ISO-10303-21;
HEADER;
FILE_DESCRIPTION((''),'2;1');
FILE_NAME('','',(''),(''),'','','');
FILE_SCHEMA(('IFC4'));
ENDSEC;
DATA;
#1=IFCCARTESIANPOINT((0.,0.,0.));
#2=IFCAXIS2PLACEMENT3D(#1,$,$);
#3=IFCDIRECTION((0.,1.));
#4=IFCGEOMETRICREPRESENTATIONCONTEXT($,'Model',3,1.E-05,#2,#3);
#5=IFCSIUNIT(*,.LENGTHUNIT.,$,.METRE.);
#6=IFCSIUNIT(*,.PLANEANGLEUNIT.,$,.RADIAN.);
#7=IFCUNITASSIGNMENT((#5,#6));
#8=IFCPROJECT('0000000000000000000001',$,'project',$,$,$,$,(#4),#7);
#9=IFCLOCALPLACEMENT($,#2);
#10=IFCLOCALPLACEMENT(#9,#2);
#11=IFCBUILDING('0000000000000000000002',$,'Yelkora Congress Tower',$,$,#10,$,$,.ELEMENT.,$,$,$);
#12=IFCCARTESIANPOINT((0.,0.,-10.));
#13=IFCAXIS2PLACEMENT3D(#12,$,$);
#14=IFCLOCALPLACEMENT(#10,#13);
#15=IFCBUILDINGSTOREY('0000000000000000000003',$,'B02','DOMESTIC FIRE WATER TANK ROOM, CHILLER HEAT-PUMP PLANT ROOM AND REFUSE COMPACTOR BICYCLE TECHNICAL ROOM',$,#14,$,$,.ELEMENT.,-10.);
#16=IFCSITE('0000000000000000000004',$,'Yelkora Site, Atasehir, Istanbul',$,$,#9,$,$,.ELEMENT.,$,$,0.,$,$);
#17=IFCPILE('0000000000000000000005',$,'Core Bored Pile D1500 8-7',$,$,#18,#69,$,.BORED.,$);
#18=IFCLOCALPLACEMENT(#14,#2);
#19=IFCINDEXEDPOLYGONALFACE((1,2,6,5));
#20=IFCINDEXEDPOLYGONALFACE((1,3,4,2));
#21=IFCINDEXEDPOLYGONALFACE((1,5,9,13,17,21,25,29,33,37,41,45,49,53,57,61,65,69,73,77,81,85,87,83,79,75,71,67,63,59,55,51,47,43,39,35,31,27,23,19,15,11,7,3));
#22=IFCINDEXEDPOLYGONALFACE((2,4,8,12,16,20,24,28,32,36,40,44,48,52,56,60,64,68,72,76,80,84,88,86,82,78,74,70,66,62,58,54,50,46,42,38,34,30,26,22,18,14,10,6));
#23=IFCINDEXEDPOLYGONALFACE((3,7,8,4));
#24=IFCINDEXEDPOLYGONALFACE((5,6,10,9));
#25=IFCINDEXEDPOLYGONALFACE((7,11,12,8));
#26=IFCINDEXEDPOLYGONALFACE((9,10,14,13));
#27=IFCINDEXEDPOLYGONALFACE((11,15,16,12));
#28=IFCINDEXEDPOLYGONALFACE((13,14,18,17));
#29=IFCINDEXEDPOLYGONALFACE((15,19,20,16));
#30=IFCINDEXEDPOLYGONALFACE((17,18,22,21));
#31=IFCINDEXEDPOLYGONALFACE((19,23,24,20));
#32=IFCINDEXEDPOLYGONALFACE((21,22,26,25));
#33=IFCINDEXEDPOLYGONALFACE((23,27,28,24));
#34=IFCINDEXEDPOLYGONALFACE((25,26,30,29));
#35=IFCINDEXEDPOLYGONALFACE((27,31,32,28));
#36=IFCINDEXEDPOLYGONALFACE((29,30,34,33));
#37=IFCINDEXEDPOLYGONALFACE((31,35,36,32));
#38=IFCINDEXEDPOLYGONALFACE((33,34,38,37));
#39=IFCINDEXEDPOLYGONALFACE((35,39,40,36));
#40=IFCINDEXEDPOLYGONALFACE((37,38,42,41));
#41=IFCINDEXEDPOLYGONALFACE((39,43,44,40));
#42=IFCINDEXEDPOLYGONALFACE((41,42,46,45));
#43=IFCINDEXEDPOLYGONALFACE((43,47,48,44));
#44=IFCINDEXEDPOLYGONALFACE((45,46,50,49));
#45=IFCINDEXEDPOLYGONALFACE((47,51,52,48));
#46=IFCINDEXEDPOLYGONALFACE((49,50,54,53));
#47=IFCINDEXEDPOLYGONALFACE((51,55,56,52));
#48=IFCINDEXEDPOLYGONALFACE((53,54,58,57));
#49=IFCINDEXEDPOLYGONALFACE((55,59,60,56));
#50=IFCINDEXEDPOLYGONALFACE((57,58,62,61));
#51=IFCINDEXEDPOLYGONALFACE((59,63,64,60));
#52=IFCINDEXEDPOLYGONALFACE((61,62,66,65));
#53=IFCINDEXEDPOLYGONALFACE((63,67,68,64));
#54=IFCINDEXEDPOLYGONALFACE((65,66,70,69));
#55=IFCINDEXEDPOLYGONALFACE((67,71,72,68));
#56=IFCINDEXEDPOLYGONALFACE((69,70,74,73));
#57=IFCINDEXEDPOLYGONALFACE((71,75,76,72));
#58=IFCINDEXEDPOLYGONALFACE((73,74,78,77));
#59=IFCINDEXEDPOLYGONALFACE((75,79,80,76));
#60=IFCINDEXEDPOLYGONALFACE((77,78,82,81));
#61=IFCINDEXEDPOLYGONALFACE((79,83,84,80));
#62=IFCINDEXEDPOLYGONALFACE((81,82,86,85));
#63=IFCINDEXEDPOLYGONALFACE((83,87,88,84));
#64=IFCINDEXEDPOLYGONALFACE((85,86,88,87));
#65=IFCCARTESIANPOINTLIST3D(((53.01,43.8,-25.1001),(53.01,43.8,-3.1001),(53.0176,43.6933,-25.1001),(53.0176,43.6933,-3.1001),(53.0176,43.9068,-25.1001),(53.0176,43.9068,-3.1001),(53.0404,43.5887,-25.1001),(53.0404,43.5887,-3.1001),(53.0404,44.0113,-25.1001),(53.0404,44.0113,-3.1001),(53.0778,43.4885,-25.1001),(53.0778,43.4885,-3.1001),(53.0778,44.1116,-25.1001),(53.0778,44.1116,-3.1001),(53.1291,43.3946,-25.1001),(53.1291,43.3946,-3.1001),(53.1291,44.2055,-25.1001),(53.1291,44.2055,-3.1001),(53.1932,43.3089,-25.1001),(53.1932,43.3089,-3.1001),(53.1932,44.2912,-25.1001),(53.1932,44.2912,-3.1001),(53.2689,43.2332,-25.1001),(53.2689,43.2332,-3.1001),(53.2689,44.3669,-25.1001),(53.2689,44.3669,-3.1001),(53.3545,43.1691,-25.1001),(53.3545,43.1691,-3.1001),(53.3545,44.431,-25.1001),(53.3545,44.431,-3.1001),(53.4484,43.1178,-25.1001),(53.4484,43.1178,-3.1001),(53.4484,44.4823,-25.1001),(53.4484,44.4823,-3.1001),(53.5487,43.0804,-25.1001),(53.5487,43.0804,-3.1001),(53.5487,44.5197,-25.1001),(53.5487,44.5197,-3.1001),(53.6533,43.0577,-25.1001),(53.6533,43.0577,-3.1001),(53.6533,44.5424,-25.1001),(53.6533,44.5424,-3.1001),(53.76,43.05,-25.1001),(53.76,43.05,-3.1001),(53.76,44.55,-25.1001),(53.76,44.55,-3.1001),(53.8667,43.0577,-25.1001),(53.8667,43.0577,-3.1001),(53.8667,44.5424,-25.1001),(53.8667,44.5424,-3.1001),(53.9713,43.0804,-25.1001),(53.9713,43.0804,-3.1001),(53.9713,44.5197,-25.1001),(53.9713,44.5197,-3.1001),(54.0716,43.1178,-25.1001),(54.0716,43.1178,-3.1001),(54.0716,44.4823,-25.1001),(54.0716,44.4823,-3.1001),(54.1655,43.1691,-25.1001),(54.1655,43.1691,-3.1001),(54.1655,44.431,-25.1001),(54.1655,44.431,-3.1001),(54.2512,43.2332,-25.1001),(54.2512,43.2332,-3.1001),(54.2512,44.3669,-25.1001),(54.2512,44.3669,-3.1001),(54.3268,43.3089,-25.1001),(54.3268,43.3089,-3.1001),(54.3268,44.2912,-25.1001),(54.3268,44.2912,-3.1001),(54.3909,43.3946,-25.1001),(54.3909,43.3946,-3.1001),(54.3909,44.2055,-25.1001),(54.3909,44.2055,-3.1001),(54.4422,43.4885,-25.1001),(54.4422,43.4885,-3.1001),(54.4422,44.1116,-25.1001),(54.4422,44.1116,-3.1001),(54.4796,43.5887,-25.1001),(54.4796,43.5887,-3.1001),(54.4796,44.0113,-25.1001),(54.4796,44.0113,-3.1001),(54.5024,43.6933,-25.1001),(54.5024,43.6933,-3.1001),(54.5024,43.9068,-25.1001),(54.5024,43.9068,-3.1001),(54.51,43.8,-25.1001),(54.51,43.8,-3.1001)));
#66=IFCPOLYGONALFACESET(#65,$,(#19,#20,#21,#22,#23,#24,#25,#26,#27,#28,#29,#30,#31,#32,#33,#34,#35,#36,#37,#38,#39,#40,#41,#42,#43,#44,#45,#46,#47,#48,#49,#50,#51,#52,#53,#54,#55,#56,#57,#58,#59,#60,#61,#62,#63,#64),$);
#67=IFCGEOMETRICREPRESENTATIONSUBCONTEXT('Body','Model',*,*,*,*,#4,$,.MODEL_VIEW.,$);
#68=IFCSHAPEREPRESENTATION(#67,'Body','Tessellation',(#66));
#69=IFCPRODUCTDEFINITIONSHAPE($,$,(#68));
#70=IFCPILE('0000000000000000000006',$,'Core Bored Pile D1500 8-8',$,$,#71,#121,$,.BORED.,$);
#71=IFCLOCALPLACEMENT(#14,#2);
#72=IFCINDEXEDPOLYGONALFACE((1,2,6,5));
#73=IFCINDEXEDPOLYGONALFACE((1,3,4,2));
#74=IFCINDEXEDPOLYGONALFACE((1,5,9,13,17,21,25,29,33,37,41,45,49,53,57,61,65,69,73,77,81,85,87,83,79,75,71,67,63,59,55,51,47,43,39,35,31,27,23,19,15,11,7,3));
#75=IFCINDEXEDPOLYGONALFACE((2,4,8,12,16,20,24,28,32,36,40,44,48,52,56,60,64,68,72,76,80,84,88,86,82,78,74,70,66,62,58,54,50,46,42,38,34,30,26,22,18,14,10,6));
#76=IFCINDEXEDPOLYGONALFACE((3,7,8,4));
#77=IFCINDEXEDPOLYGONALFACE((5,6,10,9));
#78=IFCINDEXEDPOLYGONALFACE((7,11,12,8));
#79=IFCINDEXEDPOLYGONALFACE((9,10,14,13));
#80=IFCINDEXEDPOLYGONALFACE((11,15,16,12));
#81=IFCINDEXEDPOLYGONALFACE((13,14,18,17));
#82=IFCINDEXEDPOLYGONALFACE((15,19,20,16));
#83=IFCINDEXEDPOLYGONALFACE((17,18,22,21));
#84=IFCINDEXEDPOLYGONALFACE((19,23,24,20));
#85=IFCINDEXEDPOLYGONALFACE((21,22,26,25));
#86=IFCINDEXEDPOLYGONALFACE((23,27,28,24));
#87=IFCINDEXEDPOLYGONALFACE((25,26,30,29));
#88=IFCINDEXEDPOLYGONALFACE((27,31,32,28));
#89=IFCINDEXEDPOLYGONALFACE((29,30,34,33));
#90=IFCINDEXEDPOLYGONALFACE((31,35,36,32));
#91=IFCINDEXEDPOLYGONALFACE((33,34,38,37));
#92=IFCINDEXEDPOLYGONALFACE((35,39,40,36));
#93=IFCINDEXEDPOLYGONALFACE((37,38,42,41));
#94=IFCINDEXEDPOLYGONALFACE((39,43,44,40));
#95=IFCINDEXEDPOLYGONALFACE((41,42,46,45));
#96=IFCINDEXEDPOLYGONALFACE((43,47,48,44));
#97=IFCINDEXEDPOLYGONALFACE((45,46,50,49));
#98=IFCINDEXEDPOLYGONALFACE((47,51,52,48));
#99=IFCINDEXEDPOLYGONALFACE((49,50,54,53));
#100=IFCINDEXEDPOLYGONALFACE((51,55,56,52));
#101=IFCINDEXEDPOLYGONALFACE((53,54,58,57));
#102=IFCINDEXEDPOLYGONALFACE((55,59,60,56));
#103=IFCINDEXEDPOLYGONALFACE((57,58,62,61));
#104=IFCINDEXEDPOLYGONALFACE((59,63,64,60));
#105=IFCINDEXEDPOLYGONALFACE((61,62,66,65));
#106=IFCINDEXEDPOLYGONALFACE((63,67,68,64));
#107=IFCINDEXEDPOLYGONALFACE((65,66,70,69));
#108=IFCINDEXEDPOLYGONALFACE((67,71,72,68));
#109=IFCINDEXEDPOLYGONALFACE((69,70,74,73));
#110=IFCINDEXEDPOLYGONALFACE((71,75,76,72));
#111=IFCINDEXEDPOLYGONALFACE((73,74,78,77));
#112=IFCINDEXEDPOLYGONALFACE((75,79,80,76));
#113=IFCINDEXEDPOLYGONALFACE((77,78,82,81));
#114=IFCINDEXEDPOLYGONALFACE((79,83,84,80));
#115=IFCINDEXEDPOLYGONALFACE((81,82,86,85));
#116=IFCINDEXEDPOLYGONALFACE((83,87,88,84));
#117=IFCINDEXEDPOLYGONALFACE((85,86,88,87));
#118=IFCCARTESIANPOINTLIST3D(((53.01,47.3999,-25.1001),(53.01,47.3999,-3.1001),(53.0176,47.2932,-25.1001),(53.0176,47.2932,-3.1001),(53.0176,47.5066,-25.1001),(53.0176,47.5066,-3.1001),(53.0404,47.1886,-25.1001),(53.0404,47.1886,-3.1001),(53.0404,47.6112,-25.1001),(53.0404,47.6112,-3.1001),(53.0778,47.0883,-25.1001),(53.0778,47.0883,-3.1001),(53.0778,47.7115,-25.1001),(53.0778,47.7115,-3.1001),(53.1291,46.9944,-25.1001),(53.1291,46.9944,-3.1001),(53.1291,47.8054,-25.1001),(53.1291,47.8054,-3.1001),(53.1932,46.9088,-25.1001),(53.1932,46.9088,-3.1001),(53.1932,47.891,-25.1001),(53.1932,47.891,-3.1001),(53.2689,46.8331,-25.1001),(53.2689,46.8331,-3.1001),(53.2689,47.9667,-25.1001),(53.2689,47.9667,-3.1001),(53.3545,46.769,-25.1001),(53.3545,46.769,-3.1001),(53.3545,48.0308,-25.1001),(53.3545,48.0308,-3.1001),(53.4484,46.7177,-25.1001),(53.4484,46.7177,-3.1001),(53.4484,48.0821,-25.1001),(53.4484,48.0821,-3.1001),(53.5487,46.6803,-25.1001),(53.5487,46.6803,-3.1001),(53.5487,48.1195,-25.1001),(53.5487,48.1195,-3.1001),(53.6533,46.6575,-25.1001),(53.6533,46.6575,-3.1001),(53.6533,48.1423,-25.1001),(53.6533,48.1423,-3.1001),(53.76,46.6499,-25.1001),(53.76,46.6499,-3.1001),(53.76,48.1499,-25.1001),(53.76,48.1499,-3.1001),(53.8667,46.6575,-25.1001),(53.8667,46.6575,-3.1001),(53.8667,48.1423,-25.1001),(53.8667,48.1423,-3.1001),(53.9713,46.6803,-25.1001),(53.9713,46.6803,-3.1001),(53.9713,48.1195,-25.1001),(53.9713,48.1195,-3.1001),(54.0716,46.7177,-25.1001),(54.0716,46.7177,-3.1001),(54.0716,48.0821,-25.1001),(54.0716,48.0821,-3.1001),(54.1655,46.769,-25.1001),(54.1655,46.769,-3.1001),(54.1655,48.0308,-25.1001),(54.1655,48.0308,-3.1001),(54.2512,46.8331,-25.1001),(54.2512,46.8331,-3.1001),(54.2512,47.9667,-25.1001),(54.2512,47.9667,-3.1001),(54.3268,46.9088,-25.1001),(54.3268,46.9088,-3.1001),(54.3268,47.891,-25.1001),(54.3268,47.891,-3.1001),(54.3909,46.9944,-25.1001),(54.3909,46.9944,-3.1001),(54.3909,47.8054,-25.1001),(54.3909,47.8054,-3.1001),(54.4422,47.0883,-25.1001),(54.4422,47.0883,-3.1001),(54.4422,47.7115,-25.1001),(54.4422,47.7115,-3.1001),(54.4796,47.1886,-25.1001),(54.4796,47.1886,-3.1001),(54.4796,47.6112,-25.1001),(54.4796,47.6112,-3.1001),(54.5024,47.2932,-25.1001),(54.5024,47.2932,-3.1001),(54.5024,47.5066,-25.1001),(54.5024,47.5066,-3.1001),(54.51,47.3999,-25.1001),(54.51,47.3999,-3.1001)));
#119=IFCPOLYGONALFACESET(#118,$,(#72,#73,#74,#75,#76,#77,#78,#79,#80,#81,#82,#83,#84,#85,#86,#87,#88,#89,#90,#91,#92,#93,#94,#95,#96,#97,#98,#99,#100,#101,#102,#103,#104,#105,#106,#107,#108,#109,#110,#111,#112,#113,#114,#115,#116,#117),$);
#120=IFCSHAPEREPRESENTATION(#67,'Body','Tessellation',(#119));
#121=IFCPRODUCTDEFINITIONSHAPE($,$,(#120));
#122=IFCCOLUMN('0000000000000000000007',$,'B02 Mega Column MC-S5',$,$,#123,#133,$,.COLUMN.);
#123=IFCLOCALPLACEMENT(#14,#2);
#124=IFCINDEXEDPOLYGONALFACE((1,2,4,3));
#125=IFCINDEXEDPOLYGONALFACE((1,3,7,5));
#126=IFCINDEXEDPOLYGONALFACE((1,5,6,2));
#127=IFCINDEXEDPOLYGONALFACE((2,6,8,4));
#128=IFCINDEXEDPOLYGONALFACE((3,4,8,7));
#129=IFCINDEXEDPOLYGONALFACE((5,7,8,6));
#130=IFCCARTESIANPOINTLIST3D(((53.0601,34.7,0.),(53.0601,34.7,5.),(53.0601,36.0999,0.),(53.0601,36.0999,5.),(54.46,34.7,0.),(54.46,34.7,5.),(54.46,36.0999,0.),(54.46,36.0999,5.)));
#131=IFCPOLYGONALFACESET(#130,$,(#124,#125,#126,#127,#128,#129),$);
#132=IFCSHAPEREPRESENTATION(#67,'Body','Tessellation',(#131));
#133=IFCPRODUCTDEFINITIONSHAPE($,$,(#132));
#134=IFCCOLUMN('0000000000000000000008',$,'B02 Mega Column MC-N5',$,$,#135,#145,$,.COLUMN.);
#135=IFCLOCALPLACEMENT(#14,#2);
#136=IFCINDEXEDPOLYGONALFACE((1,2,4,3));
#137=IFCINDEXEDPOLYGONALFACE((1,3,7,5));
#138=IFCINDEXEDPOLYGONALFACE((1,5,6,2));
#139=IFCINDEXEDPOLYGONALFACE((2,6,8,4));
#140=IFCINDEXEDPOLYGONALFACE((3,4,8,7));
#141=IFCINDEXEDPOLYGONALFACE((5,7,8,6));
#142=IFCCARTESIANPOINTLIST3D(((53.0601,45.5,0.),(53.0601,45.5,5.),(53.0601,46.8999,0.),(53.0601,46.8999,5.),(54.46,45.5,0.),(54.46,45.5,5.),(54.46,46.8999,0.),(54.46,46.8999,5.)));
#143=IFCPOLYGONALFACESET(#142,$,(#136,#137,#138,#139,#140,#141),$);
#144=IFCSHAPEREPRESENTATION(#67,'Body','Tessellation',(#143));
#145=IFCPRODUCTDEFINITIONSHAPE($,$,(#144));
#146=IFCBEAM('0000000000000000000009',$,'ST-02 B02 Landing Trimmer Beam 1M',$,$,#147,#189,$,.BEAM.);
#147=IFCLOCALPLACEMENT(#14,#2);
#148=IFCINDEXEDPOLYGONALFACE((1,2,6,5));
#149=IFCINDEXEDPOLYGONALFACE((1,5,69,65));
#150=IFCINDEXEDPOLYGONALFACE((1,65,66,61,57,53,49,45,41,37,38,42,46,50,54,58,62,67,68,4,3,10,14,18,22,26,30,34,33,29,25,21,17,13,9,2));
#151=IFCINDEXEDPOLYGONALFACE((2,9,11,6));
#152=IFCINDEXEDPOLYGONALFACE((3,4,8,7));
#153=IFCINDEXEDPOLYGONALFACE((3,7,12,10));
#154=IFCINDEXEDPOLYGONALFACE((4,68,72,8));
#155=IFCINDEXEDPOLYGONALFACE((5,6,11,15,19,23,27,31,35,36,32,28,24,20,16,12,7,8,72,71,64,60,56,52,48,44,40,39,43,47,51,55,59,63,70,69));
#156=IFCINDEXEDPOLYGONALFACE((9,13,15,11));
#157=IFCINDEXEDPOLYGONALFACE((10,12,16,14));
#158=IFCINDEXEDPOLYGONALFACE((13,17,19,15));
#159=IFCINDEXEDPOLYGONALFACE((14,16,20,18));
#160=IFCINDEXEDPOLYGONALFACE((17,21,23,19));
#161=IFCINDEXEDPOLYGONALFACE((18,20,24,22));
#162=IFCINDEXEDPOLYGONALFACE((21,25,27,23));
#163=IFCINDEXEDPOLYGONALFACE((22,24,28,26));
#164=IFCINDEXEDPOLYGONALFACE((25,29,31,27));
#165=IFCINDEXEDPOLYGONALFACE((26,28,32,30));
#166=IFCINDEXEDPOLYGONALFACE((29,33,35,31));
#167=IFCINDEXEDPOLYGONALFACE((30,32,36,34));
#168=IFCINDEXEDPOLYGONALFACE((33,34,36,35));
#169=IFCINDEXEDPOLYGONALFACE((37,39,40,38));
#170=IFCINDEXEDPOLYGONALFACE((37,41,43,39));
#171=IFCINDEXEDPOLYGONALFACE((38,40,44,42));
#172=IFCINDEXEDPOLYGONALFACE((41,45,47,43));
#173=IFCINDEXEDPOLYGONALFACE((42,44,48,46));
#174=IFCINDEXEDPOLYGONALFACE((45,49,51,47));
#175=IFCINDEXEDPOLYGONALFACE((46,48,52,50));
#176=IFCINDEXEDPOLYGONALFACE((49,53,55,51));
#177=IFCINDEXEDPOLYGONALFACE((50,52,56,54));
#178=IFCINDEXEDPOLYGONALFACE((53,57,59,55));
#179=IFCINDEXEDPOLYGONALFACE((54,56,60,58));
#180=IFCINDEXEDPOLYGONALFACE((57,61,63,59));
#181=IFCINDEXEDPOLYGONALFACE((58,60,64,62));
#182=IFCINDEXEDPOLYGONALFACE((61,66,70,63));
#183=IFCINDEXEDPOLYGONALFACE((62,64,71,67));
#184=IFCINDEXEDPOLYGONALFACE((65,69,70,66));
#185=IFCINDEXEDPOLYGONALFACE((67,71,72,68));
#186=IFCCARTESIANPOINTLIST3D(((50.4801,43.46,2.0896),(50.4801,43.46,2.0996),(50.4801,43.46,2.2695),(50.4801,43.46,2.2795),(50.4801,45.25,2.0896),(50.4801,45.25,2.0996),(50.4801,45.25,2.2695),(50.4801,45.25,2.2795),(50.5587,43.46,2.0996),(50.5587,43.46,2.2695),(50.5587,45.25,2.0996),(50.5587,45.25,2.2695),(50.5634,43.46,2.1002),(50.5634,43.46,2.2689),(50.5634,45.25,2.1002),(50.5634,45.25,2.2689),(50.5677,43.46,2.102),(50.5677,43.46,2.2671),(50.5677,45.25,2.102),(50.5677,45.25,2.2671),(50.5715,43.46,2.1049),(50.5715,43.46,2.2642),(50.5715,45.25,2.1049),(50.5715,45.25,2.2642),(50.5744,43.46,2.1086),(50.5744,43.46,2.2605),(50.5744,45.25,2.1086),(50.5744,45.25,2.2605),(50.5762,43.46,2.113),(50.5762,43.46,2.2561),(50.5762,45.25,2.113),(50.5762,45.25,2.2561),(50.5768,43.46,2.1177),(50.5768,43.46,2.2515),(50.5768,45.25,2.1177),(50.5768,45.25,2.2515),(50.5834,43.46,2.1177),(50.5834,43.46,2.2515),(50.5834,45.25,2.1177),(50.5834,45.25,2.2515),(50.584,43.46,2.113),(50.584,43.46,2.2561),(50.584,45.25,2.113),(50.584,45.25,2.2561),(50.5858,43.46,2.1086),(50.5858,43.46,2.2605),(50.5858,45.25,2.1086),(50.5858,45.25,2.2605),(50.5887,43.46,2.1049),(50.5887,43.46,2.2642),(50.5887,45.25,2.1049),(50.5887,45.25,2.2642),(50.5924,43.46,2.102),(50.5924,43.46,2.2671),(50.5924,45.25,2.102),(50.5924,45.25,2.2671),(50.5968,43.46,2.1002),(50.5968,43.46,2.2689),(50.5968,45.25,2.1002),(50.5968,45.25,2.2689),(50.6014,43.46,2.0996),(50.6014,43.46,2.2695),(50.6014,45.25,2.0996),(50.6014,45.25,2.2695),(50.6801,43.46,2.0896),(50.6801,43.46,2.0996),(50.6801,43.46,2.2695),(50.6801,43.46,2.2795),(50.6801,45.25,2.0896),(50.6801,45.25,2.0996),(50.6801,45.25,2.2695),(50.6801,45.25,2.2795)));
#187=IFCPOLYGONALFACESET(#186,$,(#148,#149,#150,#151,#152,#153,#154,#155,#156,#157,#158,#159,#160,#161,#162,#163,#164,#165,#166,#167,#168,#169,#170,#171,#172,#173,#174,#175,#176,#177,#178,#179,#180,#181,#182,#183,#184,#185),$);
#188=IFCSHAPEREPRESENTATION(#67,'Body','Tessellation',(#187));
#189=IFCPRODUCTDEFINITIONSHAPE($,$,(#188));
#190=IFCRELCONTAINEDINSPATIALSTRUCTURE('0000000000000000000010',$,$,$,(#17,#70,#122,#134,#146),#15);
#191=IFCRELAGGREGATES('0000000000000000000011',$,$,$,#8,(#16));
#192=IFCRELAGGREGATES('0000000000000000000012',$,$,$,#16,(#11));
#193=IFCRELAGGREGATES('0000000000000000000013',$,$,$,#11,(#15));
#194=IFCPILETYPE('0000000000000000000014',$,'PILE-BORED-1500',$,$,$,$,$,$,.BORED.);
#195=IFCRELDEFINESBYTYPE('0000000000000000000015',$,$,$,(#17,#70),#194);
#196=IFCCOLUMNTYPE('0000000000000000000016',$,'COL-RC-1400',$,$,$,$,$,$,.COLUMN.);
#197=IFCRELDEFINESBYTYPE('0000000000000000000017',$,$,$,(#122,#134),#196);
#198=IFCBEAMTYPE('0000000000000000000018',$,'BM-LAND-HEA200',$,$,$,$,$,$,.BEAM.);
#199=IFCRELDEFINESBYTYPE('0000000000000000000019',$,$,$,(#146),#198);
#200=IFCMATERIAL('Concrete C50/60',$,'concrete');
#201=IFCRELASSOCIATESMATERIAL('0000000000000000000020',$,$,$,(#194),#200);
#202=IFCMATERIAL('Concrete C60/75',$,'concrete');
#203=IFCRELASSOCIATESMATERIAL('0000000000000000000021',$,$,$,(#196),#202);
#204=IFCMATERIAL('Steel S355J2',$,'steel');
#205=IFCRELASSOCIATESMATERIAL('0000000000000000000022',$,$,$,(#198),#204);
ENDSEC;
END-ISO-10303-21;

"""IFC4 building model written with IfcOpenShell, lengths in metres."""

from ifc_helpers import new_model, si_unit, direction, frame, origin, origin_2d, place, context, subcontext, project, spatial, rectangle, circle, i_section, extrude, material, material_profile, profile_set, type_object, element, save


model = new_model("IFC4")

# Units and contexts
model_context = context("Model", 3, precision=1e-05, world=origin(), true_north=direction((0.0, 1.0)))
body_context = subcontext(model_context, "Body", "Model", "MODEL_VIEW")
ifc_project = project(units=[si_unit("LENGTHUNIT", "METRE"), si_unit("PLANEANGLEUNIT", "RADIAN")], contexts=[model_context])

# Site, building, storey
site_placement = place(None, origin())
site = spatial("IfcSite", under=ifc_project, at=site_placement, Name="Yelkora Site, Atasehir, Istanbul", CompositionType="ELEMENT", RefElevation=0.0)
building_placement = place(site_placement, origin())
building = spatial("IfcBuilding", under=site, at=building_placement, Name="Yelkora Congress Tower", CompositionType="ELEMENT")
storey_placement = place(building_placement, frame((0.0, 0.0, -10.0)))
storey = spatial("IfcBuildingStorey", under=building, at=storey_placement, Name="B02", Description="DOMESTIC FIRE WATER TANK ROOM, CHILLER HEAT-PUMP PLANT ROOM AND REFUSE COMPACTOR BICYCLE TECHNICAL ROOM", CompositionType="ELEMENT", Elevation=-10.0)

# Piles
ifc_material_1 = material(Name="Concrete C50/60", Category="concrete")
ifc_material_profile_1 = material_profile(ifc_material_1, circle(Radius=0.75, at=origin_2d()), Name="PILE D1500")
ifc_profile_set_1 = profile_set([ifc_material_profile_1], Name="Concrete C50/60")
pile_type = type_object("IfcPileType", Name="PILE-BORED-1500", PredefinedType="BORED", material=ifc_profile_set_1)
for number, where, z_axis, x_axis, name in (
    (1, (53.76, 43.8, -3.1001), (0.0, 0.0, -1.0), (1.0, 0.0, 0.0), "Core Bored Pile D1500 8-7"),
    (2, (53.76, 47.3999, -3.1001), (0.0, 0.0, -1.0), (1.0, 0.0, 0.0), "Core Bored Pile D1500 8-8"),
):
    element("IfcPile", number, at=place(storey_placement, frame(where, z_axis=z_axis, x_axis=x_axis)), inside=storey, type_object=pile_type, Name=name, PredefinedType="BORED", context=body_context, shape_type="SweptSolid", body=[
        extrude(circle(Radius=0.75, at=origin_2d()), origin(), (0.0, 0.0, 1.0), 22.0),
    ])

# Columns
ifc_material_2 = material(Name="Concrete C60/75", Category="concrete")
ifc_material_profile_2 = material_profile(ifc_material_2, rectangle(XDim=1.3999, YDim=1.3999, at=origin_2d()), Name="RC 1400x1400")
ifc_profile_set_2 = profile_set([ifc_material_profile_2], Name="Concrete C60/75")
column_type = type_object("IfcColumnType", Name="COL-RC-1400", PredefinedType="COLUMN", material=ifc_profile_set_2)
for number, where, z_axis, x_axis, name in (
    (3, (53.76, 35.3999, 0.0), (0.0, 0.0, 1.0), (1.0, 0.0, 0.0), "B02 Mega Column MC-S5"),
    (4, (53.76, 46.2, 0.0), (0.0, 0.0, 1.0), (1.0, 0.0, 0.0), "B02 Mega Column MC-N5"),
):
    element("IfcColumn", number, at=place(storey_placement, frame(where, z_axis=z_axis, x_axis=x_axis)), inside=storey, type_object=column_type, Name=name, PredefinedType="COLUMN", context=body_context, shape_type="SweptSolid", body=[
        extrude(rectangle(XDim=1.3999, YDim=1.3999, at=origin_2d()), origin(), (0.0, 0.0, 1.0), 5.0),
    ])

# Beam
ifc_material_3 = material(Name="Steel S355J2", Category="steel")
ifc_material_profile_3 = material_profile(ifc_material_3, i_section(OverallWidth=0.2, OverallDepth=0.1899, WebThickness=0.0066, FlangeThickness=0.01, FilletRadius=0.0181, at=origin_2d()), Name="HEA 200")
ifc_profile_set_3 = profile_set([ifc_material_profile_3], Name="Steel S355J2")
beam_type = type_object("IfcBeamType", Name="BM-LAND-HEA200", PredefinedType="BEAM", material=ifc_profile_set_3)
beam_placement = place(storey_placement, frame((50.5801, 43.46, 2.1846), z_axis=(0.0, 1.0, 0.0), x_axis=(-1.0, 0.0, 0.0)))
element("IfcBeam", 5, at=beam_placement, inside=storey, type_object=beam_type, Name="ST-02 B02 Landing Trimmer Beam 1M", PredefinedType="BEAM", context=body_context, shape_type="SweptSolid", body=[
    extrude(i_section(OverallWidth=0.2, OverallDepth=0.1899, WebThickness=0.0066, FlangeThickness=0.01, FilletRadius=0.0181, at=origin_2d()), origin(), (0.0, 0.0, 1.0), 1.79),
])

save(model, "model.ifc")
